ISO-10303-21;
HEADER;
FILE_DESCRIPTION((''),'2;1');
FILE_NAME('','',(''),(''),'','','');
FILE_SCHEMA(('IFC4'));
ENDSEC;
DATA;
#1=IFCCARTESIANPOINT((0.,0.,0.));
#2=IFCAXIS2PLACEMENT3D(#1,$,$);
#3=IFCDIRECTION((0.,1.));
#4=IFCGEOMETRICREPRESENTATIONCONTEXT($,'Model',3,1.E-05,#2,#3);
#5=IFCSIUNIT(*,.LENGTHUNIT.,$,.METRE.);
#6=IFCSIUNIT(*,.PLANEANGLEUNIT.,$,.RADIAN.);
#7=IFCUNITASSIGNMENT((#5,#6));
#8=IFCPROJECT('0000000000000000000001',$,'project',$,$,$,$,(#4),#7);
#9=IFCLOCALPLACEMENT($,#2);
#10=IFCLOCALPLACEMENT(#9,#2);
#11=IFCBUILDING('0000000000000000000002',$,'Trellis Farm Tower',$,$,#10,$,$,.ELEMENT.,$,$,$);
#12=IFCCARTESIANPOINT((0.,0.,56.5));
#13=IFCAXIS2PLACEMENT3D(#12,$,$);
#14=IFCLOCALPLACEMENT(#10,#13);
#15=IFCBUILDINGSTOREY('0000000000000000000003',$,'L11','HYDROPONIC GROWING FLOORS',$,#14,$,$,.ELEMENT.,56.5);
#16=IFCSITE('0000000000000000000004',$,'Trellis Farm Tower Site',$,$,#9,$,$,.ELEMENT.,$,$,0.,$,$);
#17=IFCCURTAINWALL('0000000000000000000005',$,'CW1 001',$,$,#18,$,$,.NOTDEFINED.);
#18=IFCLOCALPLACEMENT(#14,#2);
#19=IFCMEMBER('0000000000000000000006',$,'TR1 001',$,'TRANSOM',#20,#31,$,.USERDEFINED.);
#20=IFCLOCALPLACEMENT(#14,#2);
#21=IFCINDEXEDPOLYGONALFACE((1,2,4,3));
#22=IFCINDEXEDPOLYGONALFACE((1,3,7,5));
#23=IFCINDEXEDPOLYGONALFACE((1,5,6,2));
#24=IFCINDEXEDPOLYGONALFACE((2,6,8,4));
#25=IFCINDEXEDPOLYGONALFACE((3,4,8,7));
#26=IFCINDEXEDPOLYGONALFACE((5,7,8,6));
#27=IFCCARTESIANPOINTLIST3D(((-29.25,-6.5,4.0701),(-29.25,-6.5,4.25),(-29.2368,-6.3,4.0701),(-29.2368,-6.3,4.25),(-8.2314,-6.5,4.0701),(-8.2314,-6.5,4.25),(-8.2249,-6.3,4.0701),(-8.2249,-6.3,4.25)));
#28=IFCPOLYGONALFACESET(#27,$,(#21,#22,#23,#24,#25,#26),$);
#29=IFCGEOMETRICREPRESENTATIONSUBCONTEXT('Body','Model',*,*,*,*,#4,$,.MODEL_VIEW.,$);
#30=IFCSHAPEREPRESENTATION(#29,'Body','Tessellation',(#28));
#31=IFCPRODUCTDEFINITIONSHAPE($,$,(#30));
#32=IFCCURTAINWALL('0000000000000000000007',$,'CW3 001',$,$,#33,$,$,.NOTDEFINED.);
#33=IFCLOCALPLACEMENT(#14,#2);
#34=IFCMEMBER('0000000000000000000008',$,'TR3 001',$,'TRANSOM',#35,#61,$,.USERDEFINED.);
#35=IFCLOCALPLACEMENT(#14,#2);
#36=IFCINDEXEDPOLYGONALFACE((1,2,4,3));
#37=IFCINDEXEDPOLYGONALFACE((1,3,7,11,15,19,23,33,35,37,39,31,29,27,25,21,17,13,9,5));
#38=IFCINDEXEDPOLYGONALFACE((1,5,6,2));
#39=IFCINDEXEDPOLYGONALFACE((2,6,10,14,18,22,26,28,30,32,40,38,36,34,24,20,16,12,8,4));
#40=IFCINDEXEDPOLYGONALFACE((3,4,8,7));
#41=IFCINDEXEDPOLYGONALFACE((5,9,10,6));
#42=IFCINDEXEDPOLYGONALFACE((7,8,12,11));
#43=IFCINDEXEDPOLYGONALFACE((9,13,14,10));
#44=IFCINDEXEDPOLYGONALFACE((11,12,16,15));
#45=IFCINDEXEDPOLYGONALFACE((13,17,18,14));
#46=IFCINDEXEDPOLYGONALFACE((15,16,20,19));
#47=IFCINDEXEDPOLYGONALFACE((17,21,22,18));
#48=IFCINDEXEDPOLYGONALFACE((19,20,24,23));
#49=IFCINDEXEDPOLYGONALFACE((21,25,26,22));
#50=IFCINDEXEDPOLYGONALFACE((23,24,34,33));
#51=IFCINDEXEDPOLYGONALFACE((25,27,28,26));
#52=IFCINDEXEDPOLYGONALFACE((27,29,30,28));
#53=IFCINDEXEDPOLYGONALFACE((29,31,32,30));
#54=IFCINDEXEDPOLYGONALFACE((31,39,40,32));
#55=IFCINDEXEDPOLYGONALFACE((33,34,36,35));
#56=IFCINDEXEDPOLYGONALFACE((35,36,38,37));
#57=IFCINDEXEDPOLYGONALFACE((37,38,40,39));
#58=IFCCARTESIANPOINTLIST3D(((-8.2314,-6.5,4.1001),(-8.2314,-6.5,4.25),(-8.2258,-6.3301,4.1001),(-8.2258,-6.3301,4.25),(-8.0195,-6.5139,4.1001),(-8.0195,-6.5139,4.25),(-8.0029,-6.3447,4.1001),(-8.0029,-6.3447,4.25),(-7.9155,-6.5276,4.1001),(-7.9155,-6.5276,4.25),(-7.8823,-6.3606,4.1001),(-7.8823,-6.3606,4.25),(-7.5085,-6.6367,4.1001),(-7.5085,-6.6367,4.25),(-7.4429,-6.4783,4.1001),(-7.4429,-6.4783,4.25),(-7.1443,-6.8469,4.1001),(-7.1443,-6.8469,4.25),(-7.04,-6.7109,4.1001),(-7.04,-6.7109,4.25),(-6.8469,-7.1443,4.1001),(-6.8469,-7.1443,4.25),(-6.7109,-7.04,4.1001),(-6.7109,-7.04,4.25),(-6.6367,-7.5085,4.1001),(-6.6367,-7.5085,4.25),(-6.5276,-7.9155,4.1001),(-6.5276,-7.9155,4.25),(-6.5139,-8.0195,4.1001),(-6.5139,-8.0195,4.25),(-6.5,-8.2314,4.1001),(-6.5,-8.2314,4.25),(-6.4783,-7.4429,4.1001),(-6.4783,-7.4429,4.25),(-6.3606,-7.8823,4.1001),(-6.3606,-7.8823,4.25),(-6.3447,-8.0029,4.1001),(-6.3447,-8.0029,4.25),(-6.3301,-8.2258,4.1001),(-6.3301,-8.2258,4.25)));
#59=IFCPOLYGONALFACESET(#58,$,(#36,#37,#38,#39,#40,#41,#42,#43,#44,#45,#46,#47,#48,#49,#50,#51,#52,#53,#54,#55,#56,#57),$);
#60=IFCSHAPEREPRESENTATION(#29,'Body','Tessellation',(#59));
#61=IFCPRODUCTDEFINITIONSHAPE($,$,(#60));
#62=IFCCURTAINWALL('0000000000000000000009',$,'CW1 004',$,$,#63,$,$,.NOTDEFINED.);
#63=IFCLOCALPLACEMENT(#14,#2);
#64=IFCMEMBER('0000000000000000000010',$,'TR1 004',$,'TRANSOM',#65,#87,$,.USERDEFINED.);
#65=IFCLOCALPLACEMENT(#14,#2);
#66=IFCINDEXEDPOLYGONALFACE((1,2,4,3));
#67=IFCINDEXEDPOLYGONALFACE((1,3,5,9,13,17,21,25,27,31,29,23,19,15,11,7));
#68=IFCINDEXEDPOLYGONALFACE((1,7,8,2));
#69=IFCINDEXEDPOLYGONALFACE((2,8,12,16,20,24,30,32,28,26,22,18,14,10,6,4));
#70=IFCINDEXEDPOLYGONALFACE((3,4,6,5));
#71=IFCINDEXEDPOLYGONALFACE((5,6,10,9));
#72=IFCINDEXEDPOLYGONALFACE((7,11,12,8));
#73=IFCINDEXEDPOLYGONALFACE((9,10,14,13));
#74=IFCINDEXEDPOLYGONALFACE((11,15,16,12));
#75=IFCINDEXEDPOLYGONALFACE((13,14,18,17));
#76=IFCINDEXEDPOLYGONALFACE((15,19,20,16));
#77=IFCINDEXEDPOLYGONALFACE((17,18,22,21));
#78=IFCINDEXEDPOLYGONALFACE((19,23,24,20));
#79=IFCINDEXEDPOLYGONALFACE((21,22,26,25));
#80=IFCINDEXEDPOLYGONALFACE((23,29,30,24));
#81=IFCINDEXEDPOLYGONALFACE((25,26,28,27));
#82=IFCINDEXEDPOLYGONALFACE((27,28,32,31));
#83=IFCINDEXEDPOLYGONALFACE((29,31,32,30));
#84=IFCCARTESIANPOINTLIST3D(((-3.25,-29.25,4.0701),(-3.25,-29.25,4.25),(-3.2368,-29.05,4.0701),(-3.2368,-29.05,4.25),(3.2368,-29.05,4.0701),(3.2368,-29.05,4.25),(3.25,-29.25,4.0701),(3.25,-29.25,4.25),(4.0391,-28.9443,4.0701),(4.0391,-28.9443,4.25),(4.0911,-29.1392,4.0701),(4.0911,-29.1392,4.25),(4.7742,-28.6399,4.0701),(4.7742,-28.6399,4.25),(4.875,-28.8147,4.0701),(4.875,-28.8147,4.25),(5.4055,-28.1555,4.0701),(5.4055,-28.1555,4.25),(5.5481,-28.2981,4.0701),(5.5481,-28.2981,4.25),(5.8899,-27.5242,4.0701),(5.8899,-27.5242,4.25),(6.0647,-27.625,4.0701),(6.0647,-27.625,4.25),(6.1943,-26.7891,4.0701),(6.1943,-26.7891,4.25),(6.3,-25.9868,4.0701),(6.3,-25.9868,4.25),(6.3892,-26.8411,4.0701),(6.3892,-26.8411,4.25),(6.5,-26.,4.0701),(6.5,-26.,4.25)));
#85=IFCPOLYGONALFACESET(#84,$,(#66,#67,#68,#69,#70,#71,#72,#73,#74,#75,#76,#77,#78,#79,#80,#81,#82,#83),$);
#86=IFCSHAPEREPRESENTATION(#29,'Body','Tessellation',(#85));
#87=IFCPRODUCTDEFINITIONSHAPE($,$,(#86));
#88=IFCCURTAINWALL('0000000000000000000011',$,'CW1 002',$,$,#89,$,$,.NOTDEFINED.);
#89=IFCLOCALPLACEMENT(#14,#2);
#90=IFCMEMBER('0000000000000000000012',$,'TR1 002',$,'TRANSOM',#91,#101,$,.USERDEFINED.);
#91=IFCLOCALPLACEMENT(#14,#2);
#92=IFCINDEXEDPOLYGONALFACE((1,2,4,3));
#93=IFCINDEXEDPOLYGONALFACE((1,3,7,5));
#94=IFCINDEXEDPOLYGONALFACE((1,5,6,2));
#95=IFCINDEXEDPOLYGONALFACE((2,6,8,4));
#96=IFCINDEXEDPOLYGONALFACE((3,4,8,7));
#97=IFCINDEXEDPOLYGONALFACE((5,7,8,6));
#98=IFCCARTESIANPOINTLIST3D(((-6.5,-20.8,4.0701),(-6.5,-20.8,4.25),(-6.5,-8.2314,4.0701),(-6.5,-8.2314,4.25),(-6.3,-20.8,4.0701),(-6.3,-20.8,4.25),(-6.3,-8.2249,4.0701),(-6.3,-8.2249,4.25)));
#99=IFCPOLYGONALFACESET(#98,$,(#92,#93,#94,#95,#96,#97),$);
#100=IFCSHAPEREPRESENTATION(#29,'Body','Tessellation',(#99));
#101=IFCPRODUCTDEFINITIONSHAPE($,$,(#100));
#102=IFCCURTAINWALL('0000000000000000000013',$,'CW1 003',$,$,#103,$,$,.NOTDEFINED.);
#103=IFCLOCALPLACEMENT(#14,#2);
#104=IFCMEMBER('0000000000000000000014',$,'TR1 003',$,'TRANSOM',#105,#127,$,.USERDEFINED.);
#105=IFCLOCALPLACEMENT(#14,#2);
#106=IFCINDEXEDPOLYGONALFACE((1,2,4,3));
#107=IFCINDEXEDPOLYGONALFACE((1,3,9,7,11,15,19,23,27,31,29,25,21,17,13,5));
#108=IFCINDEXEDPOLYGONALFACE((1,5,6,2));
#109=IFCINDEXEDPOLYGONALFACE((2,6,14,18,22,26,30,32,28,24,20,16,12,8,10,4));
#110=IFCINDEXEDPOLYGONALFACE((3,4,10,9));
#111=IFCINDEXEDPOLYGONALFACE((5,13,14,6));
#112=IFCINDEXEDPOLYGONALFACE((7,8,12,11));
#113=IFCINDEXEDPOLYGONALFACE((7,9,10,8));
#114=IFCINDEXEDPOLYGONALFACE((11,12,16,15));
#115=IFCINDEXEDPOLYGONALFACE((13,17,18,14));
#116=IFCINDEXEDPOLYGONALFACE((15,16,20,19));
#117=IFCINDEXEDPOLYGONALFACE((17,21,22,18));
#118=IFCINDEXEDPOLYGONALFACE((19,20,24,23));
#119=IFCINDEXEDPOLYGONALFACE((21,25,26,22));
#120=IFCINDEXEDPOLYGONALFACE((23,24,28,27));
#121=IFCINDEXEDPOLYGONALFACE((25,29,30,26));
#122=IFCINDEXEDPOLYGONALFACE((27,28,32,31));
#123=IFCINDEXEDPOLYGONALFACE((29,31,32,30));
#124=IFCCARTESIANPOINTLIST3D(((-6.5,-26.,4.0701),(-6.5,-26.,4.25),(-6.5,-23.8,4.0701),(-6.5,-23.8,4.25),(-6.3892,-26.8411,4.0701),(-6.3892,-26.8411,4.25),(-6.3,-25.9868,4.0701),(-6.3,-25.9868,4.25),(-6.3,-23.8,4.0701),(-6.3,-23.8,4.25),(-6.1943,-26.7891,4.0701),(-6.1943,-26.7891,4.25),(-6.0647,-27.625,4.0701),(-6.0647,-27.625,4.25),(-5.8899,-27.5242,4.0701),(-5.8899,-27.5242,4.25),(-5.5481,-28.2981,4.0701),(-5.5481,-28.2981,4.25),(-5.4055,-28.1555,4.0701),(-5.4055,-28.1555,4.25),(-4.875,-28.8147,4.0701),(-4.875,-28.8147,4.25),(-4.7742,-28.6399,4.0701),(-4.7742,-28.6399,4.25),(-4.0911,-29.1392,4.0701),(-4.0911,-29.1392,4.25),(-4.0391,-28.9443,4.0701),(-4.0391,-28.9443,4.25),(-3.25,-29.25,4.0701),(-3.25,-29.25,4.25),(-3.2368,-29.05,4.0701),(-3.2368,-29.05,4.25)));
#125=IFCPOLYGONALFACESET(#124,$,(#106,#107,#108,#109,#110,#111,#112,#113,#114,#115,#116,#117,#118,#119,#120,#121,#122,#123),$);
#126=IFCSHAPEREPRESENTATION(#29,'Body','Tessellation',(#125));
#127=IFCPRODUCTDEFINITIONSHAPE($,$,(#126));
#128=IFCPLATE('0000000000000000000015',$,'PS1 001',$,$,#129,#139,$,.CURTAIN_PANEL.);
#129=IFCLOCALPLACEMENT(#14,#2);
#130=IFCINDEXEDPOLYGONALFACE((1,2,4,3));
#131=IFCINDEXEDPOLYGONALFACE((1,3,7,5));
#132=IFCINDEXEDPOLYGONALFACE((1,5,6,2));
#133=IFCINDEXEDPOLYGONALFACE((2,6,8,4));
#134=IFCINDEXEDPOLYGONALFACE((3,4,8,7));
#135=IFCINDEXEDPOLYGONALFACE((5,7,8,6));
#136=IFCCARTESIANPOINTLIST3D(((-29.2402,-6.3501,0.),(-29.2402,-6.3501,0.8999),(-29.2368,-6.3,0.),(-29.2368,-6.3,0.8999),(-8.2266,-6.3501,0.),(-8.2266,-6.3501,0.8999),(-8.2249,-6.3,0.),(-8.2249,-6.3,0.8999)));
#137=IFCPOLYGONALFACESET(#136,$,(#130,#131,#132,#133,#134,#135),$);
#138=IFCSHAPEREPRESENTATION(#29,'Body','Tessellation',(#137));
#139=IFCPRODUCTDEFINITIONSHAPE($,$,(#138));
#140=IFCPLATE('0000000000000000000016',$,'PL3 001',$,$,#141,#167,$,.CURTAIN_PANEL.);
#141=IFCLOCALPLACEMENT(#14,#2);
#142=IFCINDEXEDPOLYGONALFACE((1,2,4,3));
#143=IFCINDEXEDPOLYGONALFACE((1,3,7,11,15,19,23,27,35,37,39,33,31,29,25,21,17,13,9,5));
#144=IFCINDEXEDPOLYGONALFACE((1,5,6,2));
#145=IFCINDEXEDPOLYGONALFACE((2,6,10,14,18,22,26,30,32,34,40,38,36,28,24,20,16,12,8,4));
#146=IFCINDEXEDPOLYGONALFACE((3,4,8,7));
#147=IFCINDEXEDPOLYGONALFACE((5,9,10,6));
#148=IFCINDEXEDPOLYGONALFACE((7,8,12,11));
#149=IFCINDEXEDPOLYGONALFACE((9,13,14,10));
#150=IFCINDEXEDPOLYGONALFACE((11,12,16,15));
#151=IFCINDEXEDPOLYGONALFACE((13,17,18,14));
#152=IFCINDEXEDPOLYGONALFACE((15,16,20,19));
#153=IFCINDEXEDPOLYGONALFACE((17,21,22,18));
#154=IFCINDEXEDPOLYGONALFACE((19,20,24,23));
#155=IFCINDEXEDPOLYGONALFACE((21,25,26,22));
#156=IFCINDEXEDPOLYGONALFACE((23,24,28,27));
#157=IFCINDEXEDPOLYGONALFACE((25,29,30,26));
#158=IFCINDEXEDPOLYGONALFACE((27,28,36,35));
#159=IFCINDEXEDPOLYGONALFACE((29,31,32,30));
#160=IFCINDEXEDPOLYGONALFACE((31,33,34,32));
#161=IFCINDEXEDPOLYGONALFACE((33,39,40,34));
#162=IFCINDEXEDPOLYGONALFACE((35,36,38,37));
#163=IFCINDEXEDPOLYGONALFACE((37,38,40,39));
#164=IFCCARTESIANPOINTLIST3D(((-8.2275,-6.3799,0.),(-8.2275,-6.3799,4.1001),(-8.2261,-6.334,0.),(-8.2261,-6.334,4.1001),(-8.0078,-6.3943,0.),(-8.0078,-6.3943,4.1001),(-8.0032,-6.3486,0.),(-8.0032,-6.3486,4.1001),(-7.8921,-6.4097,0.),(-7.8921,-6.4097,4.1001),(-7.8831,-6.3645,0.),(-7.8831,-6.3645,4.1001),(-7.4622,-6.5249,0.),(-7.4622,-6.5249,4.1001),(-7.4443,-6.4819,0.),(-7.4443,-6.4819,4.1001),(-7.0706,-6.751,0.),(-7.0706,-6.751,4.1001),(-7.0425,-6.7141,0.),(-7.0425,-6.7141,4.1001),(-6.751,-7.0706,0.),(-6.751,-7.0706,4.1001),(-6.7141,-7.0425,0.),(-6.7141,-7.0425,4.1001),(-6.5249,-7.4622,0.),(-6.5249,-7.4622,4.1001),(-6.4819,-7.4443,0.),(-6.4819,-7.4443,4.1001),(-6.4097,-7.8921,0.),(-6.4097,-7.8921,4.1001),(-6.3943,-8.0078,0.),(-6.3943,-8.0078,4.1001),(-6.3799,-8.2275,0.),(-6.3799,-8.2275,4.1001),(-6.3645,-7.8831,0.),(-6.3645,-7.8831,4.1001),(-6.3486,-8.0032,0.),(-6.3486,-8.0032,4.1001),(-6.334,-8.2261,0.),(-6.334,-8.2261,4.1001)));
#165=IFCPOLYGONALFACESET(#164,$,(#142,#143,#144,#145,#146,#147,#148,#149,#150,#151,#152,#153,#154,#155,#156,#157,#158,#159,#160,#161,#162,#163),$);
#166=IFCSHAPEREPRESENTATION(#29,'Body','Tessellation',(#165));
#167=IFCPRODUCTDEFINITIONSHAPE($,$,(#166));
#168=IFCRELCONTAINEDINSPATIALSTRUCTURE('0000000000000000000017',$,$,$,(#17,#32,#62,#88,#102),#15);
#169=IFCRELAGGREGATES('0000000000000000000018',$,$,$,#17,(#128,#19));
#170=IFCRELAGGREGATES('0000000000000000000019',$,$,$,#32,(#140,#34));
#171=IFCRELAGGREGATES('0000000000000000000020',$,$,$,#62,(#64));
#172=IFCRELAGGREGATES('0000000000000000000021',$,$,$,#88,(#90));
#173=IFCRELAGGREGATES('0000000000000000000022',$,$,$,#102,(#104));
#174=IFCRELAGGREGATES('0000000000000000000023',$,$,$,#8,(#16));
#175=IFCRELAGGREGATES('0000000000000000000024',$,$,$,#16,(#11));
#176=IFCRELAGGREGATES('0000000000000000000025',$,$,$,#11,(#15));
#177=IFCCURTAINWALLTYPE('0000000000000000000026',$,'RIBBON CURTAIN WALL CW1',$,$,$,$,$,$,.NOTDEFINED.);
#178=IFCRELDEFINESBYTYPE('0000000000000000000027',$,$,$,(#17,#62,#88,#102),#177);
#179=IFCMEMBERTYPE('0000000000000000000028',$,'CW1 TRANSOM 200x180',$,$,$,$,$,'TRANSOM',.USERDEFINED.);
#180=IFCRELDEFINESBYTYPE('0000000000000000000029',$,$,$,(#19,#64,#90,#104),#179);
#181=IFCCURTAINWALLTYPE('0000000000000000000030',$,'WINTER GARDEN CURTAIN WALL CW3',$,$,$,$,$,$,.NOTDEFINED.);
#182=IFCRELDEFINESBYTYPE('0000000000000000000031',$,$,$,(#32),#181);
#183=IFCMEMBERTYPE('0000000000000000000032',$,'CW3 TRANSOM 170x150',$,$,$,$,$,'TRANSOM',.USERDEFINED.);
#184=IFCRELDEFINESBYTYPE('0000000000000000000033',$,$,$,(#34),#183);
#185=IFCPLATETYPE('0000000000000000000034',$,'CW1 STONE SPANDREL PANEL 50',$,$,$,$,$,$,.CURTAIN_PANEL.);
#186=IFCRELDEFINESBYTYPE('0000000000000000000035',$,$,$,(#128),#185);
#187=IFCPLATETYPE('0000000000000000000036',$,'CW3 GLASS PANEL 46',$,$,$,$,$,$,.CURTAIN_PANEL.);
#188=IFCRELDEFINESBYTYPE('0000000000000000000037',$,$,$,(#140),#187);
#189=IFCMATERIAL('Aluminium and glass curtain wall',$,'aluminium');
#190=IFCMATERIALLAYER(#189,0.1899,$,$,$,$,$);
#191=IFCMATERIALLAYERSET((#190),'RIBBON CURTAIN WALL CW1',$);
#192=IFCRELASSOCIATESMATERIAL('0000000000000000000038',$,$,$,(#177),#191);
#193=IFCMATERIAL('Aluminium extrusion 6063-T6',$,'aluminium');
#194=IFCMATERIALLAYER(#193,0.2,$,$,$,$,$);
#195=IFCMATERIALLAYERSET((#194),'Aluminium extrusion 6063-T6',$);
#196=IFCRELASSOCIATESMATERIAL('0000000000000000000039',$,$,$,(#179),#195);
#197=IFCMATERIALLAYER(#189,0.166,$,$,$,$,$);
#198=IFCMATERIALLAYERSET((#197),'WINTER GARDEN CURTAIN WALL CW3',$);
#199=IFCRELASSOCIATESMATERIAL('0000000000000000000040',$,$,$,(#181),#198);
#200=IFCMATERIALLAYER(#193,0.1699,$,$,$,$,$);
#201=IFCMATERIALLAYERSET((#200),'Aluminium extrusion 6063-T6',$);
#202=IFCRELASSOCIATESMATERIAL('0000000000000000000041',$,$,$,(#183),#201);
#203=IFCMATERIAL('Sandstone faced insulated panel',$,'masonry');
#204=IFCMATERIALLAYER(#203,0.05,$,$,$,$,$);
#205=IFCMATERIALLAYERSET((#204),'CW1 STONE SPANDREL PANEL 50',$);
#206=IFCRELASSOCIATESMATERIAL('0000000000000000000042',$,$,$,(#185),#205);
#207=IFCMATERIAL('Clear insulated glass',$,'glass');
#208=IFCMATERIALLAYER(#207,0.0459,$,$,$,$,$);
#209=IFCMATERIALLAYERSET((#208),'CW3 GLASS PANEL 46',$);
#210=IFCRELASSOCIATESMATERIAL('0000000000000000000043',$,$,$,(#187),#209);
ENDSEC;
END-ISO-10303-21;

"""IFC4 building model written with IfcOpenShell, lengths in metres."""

from ifc_helpers import new_model, si_unit, direction, frame, origin, place, context, subcontext, project, spatial, polyline, outline, extrude, source, transform, mapped, material, layer, layer_set, type_object, element, aggregate, save


model = new_model("IFC4")

# Units and contexts
model_context = context("Model", 3, precision=1e-05, world=origin(), true_north=direction((0.0, 1.0)))
body_context = subcontext(model_context, "Body", "Model", "MODEL_VIEW")
ifc_project = project(units=[si_unit("LENGTHUNIT", "METRE"), si_unit("PLANEANGLEUNIT", "RADIAN")], contexts=[model_context])

# Site, building, storey
site_placement = place(None, origin())
site = spatial("IfcSite", under=ifc_project, at=site_placement, Name="Trellis Farm Tower Site", CompositionType="ELEMENT", RefElevation=0.0)
building_placement = place(site_placement, origin())
building = spatial("IfcBuilding", under=site, at=building_placement, Name="Trellis Farm Tower", CompositionType="ELEMENT")
storey_placement = place(building_placement, frame((0.0, 0.0, 56.5)))
storey = spatial("IfcBuildingStorey", under=building, at=storey_placement, Name="L11", Description="HYDROPONIC GROWING FLOORS", CompositionType="ELEMENT", Elevation=56.5)

# Curtain walls, members
ifc_material_1 = material(Name="Aluminium and glass curtain wall", Category="aluminium")
ifc_layer_1 = layer(ifc_material_1, 0.1899)
ifc_layer_set_1 = layer_set([ifc_layer_1], Name="RIBBON CURTAIN WALL CW1")
curtain_wall_type_1 = type_object("IfcCurtainWallType", Name="RIBBON CURTAIN WALL CW1", PredefinedType="NOTDEFINED", material=ifc_layer_set_1)
placement_1 = place(storey_placement, origin())
curtain_wall_1 = element("IfcCurtainWall", 1, at=placement_1, inside=storey, type_object=curtain_wall_type_1, Name="CW1 001", PredefinedType="NOTDEFINED")
ifc_material_2 = material(Name="Aluminium extrusion 6063-T6", Category="aluminium")
ifc_layer_2 = layer(ifc_material_2, 0.2)
ifc_layer_set_2 = layer_set([ifc_layer_2], Name="Aluminium extrusion 6063-T6")
member_type_1 = type_object("IfcMemberType", Name="CW1 TRANSOM 200x180", ElementType="TRANSOM", PredefinedType="USERDEFINED", material=ifc_layer_set_2)
shared_shape_1 = source(origin(), body_context, "Body", "SweptSolid", [
    extrude(outline(polyline([(-29.25, -6.5), (-8.2314, -6.5), (-8.2249, -6.3), (-29.2368, -6.3), (-29.25, -6.5)])), origin(), (0.0, 0.0, 1.0), 0.1799),
])
placement_2 = place(storey_placement, frame((0.0, 0.0, 4.0701)))
member_1 = element("IfcMember", 2, at=placement_2, type_object=member_type_1, Name="TR1 001", ObjectType="TRANSOM", PredefinedType="USERDEFINED", context=body_context, shape_type="MappedRepresentation", body=[
    mapped(shared_shape_1, transform((0.0, 0.0, 0.0))),
])
ifc_layer_3 = layer(ifc_material_1, 0.166)
ifc_layer_set_3 = layer_set([ifc_layer_3], Name="WINTER GARDEN CURTAIN WALL CW3")
curtain_wall_type_2 = type_object("IfcCurtainWallType", Name="WINTER GARDEN CURTAIN WALL CW3", PredefinedType="NOTDEFINED", material=ifc_layer_set_3)
curtain_wall_2 = element("IfcCurtainWall", 3, at=placement_1, inside=storey, type_object=curtain_wall_type_2, Name="CW3 001", PredefinedType="NOTDEFINED")
ifc_layer_4 = layer(ifc_material_2, 0.1699)
ifc_layer_set_4 = layer_set([ifc_layer_4], Name="Aluminium extrusion 6063-T6")
member_type_2 = type_object("IfcMemberType", Name="CW3 TRANSOM 170x150", ElementType="TRANSOM", PredefinedType="USERDEFINED", material=ifc_layer_set_4)
shared_shape_2 = source(origin(), body_context, "Body", "SweptSolid", [
    extrude(outline(polyline([(-8.2314, -6.5), (-8.0195, -6.5139), (-7.9155, -6.5276), (-7.5085, -6.6367), (-7.1443, -6.8469), (-6.8469, -7.1443), (-6.6367, -7.5085), (-6.5276, -7.9155), (-6.5139, -8.0195), (-6.5, -8.2314), (-6.3301, -8.2258), (-6.3447, -8.0029), (-6.3606, -7.8823), (-6.4783, -7.4429), (-6.7109, -7.04), (-7.04, -6.7109), (-7.4429, -6.4783), (-7.8823, -6.3606), (-8.0029, -6.3447), (-8.2258, -6.3301), (-8.2314, -6.5)])), origin(), (0.0, 0.0, 1.0), 0.1499),
])
member_2_placement = place(storey_placement, frame((0.0, 0.0, 4.1001)))
member_2 = element("IfcMember", 4, at=member_2_placement, type_object=member_type_2, Name="TR3 001", ObjectType="TRANSOM", PredefinedType="USERDEFINED", context=body_context, shape_type="MappedRepresentation", body=[
    mapped(shared_shape_2, transform((0.0, 0.0, 0.0))),
])
curtain_wall_3 = element("IfcCurtainWall", 5, at=placement_1, inside=storey, type_object=curtain_wall_type_1, Name="CW1 004", PredefinedType="NOTDEFINED")
shared_shape_3 = source(origin(), body_context, "Body", "SweptSolid", [
    extrude(outline(polyline([(-3.25, -29.25), (3.25, -29.25), (4.0911, -29.1392), (4.875, -28.8147), (5.5481, -28.2981), (6.0647, -27.625), (6.3892, -26.8411), (6.5, -26.0), (6.3, -25.9868), (6.1943, -26.7891), (5.8899, -27.5242), (5.4055, -28.1555), (4.7742, -28.6399), (4.0391, -28.9443), (3.2368, -29.05), (-3.2368, -29.05), (-3.25, -29.25)])), origin(), (0.0, 0.0, 1.0), 0.1799),
])
member_3 = element("IfcMember", 6, at=placement_2, type_object=member_type_1, Name="TR1 004", ObjectType="TRANSOM", PredefinedType="USERDEFINED", context=body_context, shape_type="MappedRepresentation", body=[
    mapped(shared_shape_3, transform((0.0, 0.0, 0.0))),
])
curtain_wall_4 = element("IfcCurtainWall", 7, at=placement_1, inside=storey, type_object=curtain_wall_type_1, Name="CW1 002", PredefinedType="NOTDEFINED")
shared_shape_4 = source(origin(), body_context, "Body", "SweptSolid", [
    extrude(outline(polyline([(-6.5, -8.2314), (-6.5, -20.8), (-6.3, -20.8), (-6.3, -8.2249), (-6.5, -8.2314)])), origin(), (0.0, 0.0, 1.0), 0.1799),
])
member_4 = element("IfcMember", 8, at=placement_2, type_object=member_type_1, Name="TR1 002", ObjectType="TRANSOM", PredefinedType="USERDEFINED", context=body_context, shape_type="MappedRepresentation", body=[
    mapped(shared_shape_4, transform((0.0, 0.0, 0.0))),
])
curtain_wall_5 = element("IfcCurtainWall", 9, at=placement_1, inside=storey, type_object=curtain_wall_type_1, Name="CW1 003", PredefinedType="NOTDEFINED")
shared_shape_5 = source(origin(), body_context, "Body", "SweptSolid", [
    extrude(outline(polyline([(-6.5, -23.8), (-6.5, -26.0), (-6.3892, -26.8411), (-6.0647, -27.625), (-5.5481, -28.2981), (-4.875, -28.8147), (-4.0911, -29.1392), (-3.25, -29.25), (-3.2368, -29.05), (-4.0391, -28.9443), (-4.7742, -28.6399), (-5.4055, -28.1555), (-5.8899, -27.5242), (-6.1943, -26.7891), (-6.3, -25.9868), (-6.3, -23.8), (-6.5, -23.8)])), origin(), (0.0, 0.0, 1.0), 0.1799),
])
member_5 = element("IfcMember", 10, at=placement_2, type_object=member_type_1, Name="TR1 003", ObjectType="TRANSOM", PredefinedType="USERDEFINED", context=body_context, shape_type="MappedRepresentation", body=[
    mapped(shared_shape_5, transform((0.0, 0.0, 0.0))),
])

# Plates
ifc_material_3 = material(Name="Sandstone faced insulated panel", Category="masonry")
ifc_layer_5 = layer(ifc_material_3, 0.05)
ifc_layer_set_5 = layer_set([ifc_layer_5], Name="CW1 STONE SPANDREL PANEL 50")
plate_type_1 = type_object("IfcPlateType", Name="CW1 STONE SPANDREL PANEL 50", PredefinedType="CURTAIN_PANEL", material=ifc_layer_set_5)
shared_shape_6 = source(origin(), body_context, "Body", "SweptSolid", [
    extrude(outline(polyline([(-29.2402, -6.3501), (-8.2266, -6.3501), (-8.2249, -6.3), (-29.2368, -6.3), (-29.2402, -6.3501)])), origin(), (0.0, 0.0, 1.0), 0.8999),
])
plate_1 = element("IfcPlate", 11, at=placement_1, type_object=plate_type_1, Name="PS1 001", PredefinedType="CURTAIN_PANEL", context=body_context, shape_type="MappedRepresentation", body=[
    mapped(shared_shape_6, transform((0.0, 0.0, 0.0))),
])
aggregate(curtain_wall_1, [plate_1, member_1])
ifc_material_4 = material(Name="Clear insulated glass", Category="glass")
ifc_layer_6 = layer(ifc_material_4, 0.0459)
ifc_layer_set_6 = layer_set([ifc_layer_6], Name="CW3 GLASS PANEL 46")
plate_type_2 = type_object("IfcPlateType", Name="CW3 GLASS PANEL 46", PredefinedType="CURTAIN_PANEL", material=ifc_layer_set_6)
shared_shape_7 = source(origin(), body_context, "Body", "SweptSolid", [
    extrude(outline(polyline([(-8.2275, -6.3799), (-8.0078, -6.3943), (-7.8921, -6.4097), (-7.4622, -6.5249), (-7.0706, -6.751), (-6.751, -7.0706), (-6.5249, -7.4622), (-6.4097, -7.8921), (-6.3943, -8.0078), (-6.3799, -8.2275), (-6.334, -8.2261), (-6.3486, -8.0032), (-6.3645, -7.8831), (-6.4819, -7.4443), (-6.7141, -7.0425), (-7.0425, -6.7141), (-7.4443, -6.4819), (-7.8831, -6.3645), (-8.0032, -6.3486), (-8.2261, -6.334), (-8.2275, -6.3799)])), origin(), (0.0, 0.0, 1.0), 4.1001),
])
plate_2 = element("IfcPlate", 12, at=placement_1, type_object=plate_type_2, Name="PL3 001", PredefinedType="CURTAIN_PANEL", context=body_context, shape_type="MappedRepresentation", body=[
    mapped(shared_shape_7, transform((0.0, 0.0, 0.0))),
])
aggregate(curtain_wall_2, [plate_2, member_2])
aggregate(curtain_wall_3, [member_3])

aggregate(curtain_wall_4, [member_4])
aggregate(curtain_wall_5, [member_5])

save(model, "model.ifc")
